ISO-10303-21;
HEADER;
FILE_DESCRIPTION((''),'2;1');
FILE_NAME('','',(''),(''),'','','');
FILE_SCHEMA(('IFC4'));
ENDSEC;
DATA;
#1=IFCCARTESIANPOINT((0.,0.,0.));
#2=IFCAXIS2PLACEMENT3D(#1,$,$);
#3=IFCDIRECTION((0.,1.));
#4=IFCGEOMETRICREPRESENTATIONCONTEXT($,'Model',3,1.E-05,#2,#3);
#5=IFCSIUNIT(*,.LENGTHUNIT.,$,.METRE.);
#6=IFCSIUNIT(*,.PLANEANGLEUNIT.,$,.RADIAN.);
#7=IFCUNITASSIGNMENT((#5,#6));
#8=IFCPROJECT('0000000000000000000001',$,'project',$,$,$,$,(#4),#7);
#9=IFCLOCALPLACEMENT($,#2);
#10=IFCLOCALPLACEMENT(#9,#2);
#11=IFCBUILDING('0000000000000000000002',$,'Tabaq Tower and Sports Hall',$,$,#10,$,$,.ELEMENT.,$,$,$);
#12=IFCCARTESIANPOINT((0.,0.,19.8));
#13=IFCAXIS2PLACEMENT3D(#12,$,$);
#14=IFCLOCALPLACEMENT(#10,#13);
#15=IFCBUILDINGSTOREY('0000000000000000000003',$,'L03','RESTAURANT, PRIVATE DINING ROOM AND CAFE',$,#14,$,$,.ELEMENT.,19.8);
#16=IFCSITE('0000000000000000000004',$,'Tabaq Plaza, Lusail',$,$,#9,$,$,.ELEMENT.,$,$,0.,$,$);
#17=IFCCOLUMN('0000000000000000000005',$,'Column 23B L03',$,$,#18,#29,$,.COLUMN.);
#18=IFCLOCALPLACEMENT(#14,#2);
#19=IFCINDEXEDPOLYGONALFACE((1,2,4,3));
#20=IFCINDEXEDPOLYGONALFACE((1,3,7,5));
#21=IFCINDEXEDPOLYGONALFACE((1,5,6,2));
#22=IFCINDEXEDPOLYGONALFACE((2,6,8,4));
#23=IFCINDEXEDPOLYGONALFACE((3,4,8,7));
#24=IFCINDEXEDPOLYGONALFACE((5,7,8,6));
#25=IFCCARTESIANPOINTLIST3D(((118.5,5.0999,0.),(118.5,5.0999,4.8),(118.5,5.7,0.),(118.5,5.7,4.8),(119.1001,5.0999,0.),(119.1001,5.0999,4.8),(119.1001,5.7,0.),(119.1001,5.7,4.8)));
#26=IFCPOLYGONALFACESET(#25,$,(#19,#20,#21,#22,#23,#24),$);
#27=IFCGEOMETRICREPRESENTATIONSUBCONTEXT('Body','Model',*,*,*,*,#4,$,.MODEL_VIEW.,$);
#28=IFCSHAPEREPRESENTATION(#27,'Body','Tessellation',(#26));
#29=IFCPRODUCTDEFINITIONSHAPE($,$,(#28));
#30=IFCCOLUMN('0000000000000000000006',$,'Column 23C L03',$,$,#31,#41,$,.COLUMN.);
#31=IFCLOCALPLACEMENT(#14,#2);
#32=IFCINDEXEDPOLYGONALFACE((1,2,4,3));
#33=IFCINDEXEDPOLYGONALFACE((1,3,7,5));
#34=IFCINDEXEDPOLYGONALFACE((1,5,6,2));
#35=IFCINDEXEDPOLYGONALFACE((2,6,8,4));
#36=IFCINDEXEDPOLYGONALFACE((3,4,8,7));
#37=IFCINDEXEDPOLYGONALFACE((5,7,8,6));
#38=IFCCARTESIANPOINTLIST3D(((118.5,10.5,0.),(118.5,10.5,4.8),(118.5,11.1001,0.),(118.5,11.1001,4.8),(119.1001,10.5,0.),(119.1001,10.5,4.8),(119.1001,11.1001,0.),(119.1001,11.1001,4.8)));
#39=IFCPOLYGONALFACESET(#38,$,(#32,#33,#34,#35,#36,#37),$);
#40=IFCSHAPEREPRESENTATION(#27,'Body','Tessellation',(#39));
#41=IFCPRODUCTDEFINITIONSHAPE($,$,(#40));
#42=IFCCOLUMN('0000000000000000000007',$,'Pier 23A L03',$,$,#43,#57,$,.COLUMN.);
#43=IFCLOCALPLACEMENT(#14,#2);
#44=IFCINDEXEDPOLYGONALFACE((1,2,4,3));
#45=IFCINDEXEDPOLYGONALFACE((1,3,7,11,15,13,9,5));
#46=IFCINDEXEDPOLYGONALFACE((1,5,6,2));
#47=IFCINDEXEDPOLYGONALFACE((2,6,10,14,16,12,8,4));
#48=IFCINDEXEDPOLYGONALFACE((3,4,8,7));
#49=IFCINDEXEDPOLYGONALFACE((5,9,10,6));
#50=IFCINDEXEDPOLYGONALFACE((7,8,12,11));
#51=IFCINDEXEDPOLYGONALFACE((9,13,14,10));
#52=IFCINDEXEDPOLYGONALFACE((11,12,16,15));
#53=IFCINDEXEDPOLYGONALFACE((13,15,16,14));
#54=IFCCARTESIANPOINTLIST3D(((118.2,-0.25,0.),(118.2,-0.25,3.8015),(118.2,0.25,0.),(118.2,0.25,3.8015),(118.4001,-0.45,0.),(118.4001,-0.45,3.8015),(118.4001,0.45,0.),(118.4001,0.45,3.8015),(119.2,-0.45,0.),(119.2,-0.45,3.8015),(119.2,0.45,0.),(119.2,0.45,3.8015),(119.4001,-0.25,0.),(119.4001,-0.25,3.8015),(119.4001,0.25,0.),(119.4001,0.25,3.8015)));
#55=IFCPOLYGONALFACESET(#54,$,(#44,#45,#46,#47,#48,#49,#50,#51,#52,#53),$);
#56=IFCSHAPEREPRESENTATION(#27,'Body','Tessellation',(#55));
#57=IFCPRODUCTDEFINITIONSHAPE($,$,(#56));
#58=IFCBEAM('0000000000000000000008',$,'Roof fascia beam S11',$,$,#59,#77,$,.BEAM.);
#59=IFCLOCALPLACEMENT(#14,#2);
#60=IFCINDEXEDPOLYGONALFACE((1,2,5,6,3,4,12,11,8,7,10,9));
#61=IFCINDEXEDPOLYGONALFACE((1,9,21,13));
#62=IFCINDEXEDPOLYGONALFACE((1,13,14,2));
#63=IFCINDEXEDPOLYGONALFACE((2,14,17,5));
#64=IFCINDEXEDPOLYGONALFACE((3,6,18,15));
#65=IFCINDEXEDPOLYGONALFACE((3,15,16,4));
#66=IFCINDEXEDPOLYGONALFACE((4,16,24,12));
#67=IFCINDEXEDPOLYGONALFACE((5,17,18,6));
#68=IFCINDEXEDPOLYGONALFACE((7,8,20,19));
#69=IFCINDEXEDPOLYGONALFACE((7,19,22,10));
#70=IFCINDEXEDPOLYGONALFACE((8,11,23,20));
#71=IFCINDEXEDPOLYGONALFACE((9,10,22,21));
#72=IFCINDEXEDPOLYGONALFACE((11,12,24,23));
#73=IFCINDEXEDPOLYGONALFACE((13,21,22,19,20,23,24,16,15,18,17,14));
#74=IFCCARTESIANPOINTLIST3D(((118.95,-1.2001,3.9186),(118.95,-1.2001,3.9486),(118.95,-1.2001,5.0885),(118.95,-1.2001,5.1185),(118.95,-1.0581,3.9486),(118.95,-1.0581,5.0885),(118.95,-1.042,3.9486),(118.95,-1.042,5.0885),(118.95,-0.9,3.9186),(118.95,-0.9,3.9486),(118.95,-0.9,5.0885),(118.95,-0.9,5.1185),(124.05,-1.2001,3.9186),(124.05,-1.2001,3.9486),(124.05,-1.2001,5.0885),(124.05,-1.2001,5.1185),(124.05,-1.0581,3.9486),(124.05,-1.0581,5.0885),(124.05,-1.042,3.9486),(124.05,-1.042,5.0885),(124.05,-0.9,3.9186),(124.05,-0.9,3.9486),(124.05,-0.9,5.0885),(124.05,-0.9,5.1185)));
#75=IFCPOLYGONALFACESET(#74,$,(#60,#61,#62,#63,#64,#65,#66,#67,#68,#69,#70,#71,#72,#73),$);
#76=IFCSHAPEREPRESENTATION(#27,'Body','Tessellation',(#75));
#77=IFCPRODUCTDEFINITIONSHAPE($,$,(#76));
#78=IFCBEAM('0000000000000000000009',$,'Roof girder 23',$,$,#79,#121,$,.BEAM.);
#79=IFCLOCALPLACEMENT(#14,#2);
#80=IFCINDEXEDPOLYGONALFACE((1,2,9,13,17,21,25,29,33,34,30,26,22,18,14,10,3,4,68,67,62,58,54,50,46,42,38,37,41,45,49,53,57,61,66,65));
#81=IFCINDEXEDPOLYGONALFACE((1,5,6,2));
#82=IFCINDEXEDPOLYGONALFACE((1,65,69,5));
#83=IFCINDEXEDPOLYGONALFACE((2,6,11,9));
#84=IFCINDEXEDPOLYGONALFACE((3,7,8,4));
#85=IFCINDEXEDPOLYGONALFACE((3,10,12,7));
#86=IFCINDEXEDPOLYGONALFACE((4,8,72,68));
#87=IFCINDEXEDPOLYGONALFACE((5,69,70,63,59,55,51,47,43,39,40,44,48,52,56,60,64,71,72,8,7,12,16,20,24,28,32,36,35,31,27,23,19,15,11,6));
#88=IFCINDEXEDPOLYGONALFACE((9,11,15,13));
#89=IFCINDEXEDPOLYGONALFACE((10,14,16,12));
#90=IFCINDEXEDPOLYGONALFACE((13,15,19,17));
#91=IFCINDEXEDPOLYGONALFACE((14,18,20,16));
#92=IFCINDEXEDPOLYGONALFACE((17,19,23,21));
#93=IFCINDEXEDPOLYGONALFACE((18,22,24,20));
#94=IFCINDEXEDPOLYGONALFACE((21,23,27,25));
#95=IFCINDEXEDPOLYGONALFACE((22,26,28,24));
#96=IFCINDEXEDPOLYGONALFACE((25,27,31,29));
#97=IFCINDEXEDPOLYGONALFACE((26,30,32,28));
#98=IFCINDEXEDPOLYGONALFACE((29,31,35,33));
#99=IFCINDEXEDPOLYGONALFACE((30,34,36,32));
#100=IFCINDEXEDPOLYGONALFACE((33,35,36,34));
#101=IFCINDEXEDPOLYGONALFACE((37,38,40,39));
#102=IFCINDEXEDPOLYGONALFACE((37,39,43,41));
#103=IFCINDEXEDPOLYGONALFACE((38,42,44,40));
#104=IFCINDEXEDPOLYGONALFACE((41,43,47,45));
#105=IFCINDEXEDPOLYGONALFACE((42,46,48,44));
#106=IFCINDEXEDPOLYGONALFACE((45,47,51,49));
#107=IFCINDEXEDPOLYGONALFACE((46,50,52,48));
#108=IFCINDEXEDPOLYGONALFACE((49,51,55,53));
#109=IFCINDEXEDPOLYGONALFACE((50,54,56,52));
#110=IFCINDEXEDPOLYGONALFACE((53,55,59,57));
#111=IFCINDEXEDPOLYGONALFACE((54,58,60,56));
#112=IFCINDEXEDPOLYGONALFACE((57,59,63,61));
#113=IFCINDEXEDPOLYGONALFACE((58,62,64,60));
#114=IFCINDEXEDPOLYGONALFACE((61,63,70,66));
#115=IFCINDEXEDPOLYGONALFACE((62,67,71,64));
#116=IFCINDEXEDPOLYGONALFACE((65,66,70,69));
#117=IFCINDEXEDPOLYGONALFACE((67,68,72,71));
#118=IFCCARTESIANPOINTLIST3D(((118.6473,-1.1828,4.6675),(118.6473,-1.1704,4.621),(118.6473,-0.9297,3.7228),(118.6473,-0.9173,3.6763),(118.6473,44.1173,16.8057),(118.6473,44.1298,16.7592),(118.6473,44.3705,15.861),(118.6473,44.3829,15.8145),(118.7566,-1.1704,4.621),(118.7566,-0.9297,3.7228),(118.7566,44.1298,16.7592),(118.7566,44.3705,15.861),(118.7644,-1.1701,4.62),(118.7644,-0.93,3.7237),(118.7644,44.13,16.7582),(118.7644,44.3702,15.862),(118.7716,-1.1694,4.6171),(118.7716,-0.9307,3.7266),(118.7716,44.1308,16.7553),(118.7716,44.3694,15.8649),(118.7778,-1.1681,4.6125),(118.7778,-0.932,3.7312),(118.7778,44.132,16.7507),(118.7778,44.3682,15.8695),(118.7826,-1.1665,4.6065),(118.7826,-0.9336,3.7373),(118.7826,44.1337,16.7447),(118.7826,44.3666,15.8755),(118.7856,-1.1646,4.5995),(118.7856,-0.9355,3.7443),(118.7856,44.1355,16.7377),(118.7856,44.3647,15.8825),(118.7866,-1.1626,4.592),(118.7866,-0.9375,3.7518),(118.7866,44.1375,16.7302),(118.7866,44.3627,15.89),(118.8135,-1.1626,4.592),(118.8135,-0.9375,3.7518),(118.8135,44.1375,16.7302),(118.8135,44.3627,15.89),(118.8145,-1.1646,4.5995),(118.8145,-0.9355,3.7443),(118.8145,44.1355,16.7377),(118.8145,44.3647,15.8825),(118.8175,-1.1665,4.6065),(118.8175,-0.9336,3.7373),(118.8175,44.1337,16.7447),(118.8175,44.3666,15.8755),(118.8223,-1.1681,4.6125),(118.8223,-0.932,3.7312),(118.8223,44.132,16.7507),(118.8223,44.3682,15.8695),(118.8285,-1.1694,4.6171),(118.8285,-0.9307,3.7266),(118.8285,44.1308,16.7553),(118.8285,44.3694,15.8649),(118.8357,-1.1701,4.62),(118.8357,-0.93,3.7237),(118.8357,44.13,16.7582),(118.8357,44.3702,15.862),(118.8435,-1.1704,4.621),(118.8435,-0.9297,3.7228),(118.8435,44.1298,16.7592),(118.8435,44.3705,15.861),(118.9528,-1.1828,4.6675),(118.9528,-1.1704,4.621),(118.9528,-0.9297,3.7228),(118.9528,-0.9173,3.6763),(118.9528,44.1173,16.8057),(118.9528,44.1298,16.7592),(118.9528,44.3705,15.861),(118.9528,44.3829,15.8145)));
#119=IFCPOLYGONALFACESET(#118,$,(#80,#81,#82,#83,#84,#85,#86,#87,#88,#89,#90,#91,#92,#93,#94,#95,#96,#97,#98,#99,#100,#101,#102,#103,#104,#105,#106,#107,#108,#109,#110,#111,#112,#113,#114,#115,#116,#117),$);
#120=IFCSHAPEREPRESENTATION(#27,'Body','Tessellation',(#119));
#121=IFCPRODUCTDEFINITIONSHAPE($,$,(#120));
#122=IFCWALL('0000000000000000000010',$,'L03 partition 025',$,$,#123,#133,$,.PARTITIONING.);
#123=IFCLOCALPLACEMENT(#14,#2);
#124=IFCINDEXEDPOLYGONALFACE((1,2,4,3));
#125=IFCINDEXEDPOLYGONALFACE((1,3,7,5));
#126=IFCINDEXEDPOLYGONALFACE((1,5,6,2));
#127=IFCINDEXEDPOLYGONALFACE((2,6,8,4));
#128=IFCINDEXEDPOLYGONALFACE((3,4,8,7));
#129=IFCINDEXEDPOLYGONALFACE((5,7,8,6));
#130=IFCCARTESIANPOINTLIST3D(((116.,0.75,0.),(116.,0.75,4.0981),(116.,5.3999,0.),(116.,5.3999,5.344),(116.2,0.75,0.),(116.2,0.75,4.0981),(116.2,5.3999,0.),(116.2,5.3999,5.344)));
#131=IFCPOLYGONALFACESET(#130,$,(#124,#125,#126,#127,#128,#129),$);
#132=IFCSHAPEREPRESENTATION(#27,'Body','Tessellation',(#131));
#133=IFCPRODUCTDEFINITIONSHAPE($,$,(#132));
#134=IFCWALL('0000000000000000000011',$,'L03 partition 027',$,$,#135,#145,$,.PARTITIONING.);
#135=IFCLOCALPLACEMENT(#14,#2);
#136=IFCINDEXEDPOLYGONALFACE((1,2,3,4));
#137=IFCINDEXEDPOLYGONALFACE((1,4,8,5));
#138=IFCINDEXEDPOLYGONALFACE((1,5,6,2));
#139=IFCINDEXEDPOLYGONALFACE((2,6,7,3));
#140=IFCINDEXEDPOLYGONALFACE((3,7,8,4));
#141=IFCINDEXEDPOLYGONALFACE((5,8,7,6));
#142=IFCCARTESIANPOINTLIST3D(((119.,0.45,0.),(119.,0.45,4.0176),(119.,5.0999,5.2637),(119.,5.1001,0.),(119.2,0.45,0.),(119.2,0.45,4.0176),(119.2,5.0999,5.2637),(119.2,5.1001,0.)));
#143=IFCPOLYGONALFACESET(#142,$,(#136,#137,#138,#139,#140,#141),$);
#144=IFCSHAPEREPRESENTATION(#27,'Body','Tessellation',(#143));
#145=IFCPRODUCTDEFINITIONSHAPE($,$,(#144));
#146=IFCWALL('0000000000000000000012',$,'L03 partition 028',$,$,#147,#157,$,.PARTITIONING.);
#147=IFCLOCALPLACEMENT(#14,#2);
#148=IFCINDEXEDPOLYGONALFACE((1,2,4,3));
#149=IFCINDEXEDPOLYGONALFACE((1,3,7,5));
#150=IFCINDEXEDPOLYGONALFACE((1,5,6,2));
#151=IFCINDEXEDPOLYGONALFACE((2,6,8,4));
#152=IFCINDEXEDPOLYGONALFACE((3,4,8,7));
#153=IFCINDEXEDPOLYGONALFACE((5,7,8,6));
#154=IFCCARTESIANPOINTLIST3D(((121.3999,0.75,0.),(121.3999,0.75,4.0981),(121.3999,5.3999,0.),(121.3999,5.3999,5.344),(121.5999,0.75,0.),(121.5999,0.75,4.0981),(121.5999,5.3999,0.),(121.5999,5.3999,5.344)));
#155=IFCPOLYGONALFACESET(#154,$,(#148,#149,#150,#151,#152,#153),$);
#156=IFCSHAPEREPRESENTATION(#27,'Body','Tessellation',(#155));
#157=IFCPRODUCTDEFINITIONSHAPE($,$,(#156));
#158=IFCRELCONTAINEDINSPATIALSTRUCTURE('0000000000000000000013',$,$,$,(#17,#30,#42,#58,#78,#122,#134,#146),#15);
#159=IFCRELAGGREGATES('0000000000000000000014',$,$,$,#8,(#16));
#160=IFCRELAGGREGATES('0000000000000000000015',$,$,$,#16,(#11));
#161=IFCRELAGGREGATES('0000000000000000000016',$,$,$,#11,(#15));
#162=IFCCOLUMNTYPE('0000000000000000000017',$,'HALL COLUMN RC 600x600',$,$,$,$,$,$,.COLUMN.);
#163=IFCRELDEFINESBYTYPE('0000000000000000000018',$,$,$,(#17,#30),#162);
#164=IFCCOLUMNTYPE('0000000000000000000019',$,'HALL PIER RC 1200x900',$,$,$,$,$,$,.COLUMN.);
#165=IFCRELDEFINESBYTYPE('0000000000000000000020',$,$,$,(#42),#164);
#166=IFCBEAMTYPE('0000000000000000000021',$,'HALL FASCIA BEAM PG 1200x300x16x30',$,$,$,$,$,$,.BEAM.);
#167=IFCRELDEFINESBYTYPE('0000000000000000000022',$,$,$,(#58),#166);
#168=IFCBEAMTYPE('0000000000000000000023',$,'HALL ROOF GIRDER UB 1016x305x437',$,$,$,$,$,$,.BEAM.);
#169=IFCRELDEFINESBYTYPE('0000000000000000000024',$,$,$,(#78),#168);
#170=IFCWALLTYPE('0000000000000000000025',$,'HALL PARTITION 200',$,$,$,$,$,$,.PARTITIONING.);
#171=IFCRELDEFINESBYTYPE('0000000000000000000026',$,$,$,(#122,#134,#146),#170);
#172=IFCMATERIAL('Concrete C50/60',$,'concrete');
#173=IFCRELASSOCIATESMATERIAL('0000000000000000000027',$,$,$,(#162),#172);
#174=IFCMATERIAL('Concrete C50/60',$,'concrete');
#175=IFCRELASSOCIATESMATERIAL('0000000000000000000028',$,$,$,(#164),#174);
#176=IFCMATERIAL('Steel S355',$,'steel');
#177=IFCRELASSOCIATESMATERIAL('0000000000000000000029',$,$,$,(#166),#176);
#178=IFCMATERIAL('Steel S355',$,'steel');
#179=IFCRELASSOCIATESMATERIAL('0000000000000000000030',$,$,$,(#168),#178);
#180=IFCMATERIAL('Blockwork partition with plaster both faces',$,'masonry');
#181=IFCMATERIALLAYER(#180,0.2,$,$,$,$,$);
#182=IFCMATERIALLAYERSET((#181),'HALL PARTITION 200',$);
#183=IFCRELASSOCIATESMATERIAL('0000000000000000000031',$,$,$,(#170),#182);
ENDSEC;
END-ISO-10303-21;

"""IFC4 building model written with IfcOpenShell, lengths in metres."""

from ifc_helpers import new_model, si_unit, direction, frame, origin, origin_2d, place, context, subcontext, project, spatial, polyline, rectangle, i_section, outline, extrude, material, layer, layer_set, material_profile, profile_set, type_object, element, save


model = new_model("IFC4")

# Units and contexts
model_context = context("Model", 3, precision=1e-05, world=origin(), true_north=direction((0.0, 1.0)))
body_context = subcontext(model_context, "Body", "Model", "MODEL_VIEW")
ifc_project = project(units=[si_unit("LENGTHUNIT", "METRE"), si_unit("PLANEANGLEUNIT", "RADIAN")], contexts=[model_context])

# Site, building, storey
site_placement = place(None, origin())
site = spatial("IfcSite", under=ifc_project, at=site_placement, Name="Tabaq Plaza, Lusail", CompositionType="ELEMENT", RefElevation=0.0)
building_placement = place(site_placement, origin())
building = spatial("IfcBuilding", under=site, at=building_placement, Name="Tabaq Tower and Sports Hall", CompositionType="ELEMENT")
storey_placement = place(building_placement, frame((0.0, 0.0, 19.8)))
storey = spatial("IfcBuildingStorey", under=building, at=storey_placement, Name="L03", Description="RESTAURANT, PRIVATE DINING ROOM AND CAFE", CompositionType="ELEMENT", Elevation=19.8)

# Columns
ifc_material_1 = material(Name="Concrete C50/60", Category="concrete")
ifc_material_profile_1 = material_profile(ifc_material_1, rectangle(XDim=0.6001, YDim=0.6001, at=origin_2d()), Name="RC 600x600")
ifc_profile_set_1 = profile_set([ifc_material_profile_1], Name="Concrete C50/60")
column_type_1 = type_object("IfcColumnType", Name="HALL COLUMN RC 600x600", PredefinedType="COLUMN", material=ifc_profile_set_1)
for number, where, z_axis, x_axis, name in (
    (1, (118.8, 5.3999, 0.0), (0.0, 0.0, 1.0), (1.0, 0.0, 0.0), "Column 23B L03"),
    (2, (118.8, 10.8, 0.0), (0.0, 0.0, 1.0), (1.0, 0.0, 0.0), "Column 23C L03"),
):
    element("IfcColumn", number, at=place(storey_placement, frame(where, z_axis=z_axis, x_axis=x_axis)), inside=storey, type_object=column_type_1, Name=name, PredefinedType="COLUMN", context=body_context, shape_type="SweptSolid", body=[
        extrude(rectangle(XDim=0.6001, YDim=0.6001, at=origin_2d()), origin(), (0.0, 0.0, 1.0), 4.8),
    ])
ifc_material_2 = material(Name="Concrete C50/60", Category="concrete")
ifc_material_profile_2 = material_profile(ifc_material_2, outline(polyline([(-0.3999, -0.45), (0.3999, -0.45), (0.6001, -0.25), (0.6001, 0.25), (0.3999, 0.45), (-0.3999, 0.45), (-0.6001, 0.25), (-0.6001, -0.25), (-0.3999, -0.45)])), Name="PIER 1200x900")
ifc_profile_set_2 = profile_set([ifc_material_profile_2], Name="Concrete C50/60")
column_type_2 = type_object("IfcColumnType", Name="HALL PIER RC 1200x900", PredefinedType="COLUMN", material=ifc_profile_set_2)
column_placement = place(storey_placement, frame((118.8, 0.0, 0.0), z_axis=(0.0, 0.0, 1.0), x_axis=(1.0, 0.0, 0.0)))
element("IfcColumn", 3, at=column_placement, inside=storey, type_object=column_type_2, Name="Pier 23A L03", PredefinedType="COLUMN", context=body_context, shape_type="SweptSolid", body=[
    extrude(outline(polyline([(-0.3999, -0.45), (0.3999, -0.45), (0.6001, -0.25), (0.6001, 0.25), (0.3999, 0.45), (-0.3999, 0.45), (-0.6001, 0.25), (-0.6001, -0.25), (-0.3999, -0.45)])), origin(), (0.0, 0.0, 1.0), 3.8015),
])

# Beams
ifc_material_3 = material(Name="Steel S355", Category="steel")
ifc_material_profile_3 = material_profile(ifc_material_3, i_section(OverallWidth=0.3, OverallDepth=1.2, WebThickness=0.0161, FlangeThickness=0.03, at=origin_2d()), Name="PG 1200x300x16x30")
ifc_profile_set_3 = profile_set([ifc_material_profile_3], Name="Steel S355")
beam_type_1 = type_object("IfcBeamType", Name="HALL FASCIA BEAM PG 1200x300x16x30", PredefinedType="BEAM", material=ifc_profile_set_3)
beam_1_placement = place(storey_placement, frame((118.95, -1.05, 4.5186), z_axis=(1.0, 0.0, 0.0), x_axis=(0.0, 1.0, 0.0)))
element("IfcBeam", 4, at=beam_1_placement, inside=storey, type_object=beam_type_1, Name="Roof fascia beam S11", PredefinedType="BEAM", context=body_context, shape_type="SweptSolid", body=[
    extrude(i_section(OverallWidth=0.3, OverallDepth=1.2, WebThickness=0.0161, FlangeThickness=0.03, at=origin_2d()), origin(), (0.0, 0.0, 1.0), 5.1001),
])
ifc_material_4 = material(Name="Steel S355", Category="steel")
ifc_material_profile_4 = material_profile(ifc_material_4, i_section(OverallWidth=0.3054, OverallDepth=1.0261, WebThickness=0.0269, FlangeThickness=0.0481, FilletRadius=0.03, at=origin_2d()), Name="UB 1016x305x437")
ifc_profile_set_4 = profile_set([ifc_material_profile_4], Name="Steel S355")
beam_type_2 = type_object("IfcBeamType", Name="HALL ROOF GIRDER UB 1016x305x437", PredefinedType="BEAM", material=ifc_profile_set_4)
beam_2_placement = place(storey_placement, frame((118.8, -1.05, 4.1719), z_axis=(0.0, 0.965925, 0.25882), x_axis=(-1.0, 0.0, 0.0)))
element("IfcBeam", 5, at=beam_2_placement, inside=storey, type_object=beam_type_2, Name="Roof girder 23", PredefinedType="BEAM", context=body_context, shape_type="SweptSolid", body=[
    extrude(i_section(OverallWidth=0.3054, OverallDepth=1.0261, WebThickness=0.0269, FlangeThickness=0.0481, FilletRadius=0.03, at=origin_2d()), origin(), (0.0, 0.0, 1.0), 46.8982),
])

# Shared definitions
ifc_material_5 = material(Name="Blockwork partition with plaster both faces", Category="masonry")
ifc_layer_1 = layer(ifc_material_5, 0.2)
ifc_layer_set_1 = layer_set([ifc_layer_1], Name="HALL PARTITION 200")
wall_type_1 = type_object("IfcWallType", Name="HALL PARTITION 200", PredefinedType="PARTITIONING", material=ifc_layer_set_1)

# Walls
wall_1_placement = place(storey_placement, frame((116.1001, 0.75, 0.0), z_axis=(0.0, 0.0, 1.0), x_axis=(0.0, 1.0, 0.0)))
element("IfcWall", 6, at=wall_1_placement, inside=storey, type_object=wall_type_1, Name="L03 partition 025", PredefinedType="PARTITIONING", context=body_context, shape_type="SweptSolid", body=[
    extrude(outline(polyline([(0.0, 0.0), (4.6499, 0.0), (4.6499, 5.344), (0.0, 4.0981), (0.0, 0.0)])), frame((0.0, 0.1001, 0.0), z_axis=(0.0, -1.0, 0.0), x_axis=(1.0, 0.0, 0.0)), (0.0, 0.0, 1.0), 0.2),
])
wall_2_placement = place(storey_placement, frame((119.1001, 0.45, 0.0), z_axis=(0.0, 0.0, 1.0), x_axis=(0.0, 1.0, 0.0)))
element("IfcWall", 7, at=wall_2_placement, inside=storey, type_object=wall_type_1, Name="L03 partition 027", PredefinedType="PARTITIONING", context=body_context, shape_type="SweptSolid", body=[
    extrude(outline(polyline([(0.0, 0.0), (4.6501, 0.0), (4.6499, 5.2637), (0.0, 4.0176), (0.0, 0.0)])), frame((0.0, 0.1001, 0.0), z_axis=(0.0, -1.0, 0.0), x_axis=(1.0, 0.0, 0.0)), (0.0, 0.0, 1.0), 0.2),
])
wall_3_placement = place(storey_placement, frame((121.5, 0.75, 0.0), z_axis=(0.0, 0.0, 1.0), x_axis=(0.0, 1.0, 0.0)))
element("IfcWall", 8, at=wall_3_placement, inside=storey, type_object=wall_type_1, Name="L03 partition 028", PredefinedType="PARTITIONING", context=body_context, shape_type="SweptSolid", body=[
    extrude(outline(polyline([(0.0, 0.0), (4.6499, 0.0), (4.6499, 5.344), (0.0, 4.0981), (0.0, 0.0)])), frame((0.0, 0.1001, 0.0), z_axis=(0.0, -1.0, 0.0), x_axis=(1.0, 0.0, 0.0)), (0.0, 0.0, 1.0), 0.2),
])

save(model, "model.ifc")
